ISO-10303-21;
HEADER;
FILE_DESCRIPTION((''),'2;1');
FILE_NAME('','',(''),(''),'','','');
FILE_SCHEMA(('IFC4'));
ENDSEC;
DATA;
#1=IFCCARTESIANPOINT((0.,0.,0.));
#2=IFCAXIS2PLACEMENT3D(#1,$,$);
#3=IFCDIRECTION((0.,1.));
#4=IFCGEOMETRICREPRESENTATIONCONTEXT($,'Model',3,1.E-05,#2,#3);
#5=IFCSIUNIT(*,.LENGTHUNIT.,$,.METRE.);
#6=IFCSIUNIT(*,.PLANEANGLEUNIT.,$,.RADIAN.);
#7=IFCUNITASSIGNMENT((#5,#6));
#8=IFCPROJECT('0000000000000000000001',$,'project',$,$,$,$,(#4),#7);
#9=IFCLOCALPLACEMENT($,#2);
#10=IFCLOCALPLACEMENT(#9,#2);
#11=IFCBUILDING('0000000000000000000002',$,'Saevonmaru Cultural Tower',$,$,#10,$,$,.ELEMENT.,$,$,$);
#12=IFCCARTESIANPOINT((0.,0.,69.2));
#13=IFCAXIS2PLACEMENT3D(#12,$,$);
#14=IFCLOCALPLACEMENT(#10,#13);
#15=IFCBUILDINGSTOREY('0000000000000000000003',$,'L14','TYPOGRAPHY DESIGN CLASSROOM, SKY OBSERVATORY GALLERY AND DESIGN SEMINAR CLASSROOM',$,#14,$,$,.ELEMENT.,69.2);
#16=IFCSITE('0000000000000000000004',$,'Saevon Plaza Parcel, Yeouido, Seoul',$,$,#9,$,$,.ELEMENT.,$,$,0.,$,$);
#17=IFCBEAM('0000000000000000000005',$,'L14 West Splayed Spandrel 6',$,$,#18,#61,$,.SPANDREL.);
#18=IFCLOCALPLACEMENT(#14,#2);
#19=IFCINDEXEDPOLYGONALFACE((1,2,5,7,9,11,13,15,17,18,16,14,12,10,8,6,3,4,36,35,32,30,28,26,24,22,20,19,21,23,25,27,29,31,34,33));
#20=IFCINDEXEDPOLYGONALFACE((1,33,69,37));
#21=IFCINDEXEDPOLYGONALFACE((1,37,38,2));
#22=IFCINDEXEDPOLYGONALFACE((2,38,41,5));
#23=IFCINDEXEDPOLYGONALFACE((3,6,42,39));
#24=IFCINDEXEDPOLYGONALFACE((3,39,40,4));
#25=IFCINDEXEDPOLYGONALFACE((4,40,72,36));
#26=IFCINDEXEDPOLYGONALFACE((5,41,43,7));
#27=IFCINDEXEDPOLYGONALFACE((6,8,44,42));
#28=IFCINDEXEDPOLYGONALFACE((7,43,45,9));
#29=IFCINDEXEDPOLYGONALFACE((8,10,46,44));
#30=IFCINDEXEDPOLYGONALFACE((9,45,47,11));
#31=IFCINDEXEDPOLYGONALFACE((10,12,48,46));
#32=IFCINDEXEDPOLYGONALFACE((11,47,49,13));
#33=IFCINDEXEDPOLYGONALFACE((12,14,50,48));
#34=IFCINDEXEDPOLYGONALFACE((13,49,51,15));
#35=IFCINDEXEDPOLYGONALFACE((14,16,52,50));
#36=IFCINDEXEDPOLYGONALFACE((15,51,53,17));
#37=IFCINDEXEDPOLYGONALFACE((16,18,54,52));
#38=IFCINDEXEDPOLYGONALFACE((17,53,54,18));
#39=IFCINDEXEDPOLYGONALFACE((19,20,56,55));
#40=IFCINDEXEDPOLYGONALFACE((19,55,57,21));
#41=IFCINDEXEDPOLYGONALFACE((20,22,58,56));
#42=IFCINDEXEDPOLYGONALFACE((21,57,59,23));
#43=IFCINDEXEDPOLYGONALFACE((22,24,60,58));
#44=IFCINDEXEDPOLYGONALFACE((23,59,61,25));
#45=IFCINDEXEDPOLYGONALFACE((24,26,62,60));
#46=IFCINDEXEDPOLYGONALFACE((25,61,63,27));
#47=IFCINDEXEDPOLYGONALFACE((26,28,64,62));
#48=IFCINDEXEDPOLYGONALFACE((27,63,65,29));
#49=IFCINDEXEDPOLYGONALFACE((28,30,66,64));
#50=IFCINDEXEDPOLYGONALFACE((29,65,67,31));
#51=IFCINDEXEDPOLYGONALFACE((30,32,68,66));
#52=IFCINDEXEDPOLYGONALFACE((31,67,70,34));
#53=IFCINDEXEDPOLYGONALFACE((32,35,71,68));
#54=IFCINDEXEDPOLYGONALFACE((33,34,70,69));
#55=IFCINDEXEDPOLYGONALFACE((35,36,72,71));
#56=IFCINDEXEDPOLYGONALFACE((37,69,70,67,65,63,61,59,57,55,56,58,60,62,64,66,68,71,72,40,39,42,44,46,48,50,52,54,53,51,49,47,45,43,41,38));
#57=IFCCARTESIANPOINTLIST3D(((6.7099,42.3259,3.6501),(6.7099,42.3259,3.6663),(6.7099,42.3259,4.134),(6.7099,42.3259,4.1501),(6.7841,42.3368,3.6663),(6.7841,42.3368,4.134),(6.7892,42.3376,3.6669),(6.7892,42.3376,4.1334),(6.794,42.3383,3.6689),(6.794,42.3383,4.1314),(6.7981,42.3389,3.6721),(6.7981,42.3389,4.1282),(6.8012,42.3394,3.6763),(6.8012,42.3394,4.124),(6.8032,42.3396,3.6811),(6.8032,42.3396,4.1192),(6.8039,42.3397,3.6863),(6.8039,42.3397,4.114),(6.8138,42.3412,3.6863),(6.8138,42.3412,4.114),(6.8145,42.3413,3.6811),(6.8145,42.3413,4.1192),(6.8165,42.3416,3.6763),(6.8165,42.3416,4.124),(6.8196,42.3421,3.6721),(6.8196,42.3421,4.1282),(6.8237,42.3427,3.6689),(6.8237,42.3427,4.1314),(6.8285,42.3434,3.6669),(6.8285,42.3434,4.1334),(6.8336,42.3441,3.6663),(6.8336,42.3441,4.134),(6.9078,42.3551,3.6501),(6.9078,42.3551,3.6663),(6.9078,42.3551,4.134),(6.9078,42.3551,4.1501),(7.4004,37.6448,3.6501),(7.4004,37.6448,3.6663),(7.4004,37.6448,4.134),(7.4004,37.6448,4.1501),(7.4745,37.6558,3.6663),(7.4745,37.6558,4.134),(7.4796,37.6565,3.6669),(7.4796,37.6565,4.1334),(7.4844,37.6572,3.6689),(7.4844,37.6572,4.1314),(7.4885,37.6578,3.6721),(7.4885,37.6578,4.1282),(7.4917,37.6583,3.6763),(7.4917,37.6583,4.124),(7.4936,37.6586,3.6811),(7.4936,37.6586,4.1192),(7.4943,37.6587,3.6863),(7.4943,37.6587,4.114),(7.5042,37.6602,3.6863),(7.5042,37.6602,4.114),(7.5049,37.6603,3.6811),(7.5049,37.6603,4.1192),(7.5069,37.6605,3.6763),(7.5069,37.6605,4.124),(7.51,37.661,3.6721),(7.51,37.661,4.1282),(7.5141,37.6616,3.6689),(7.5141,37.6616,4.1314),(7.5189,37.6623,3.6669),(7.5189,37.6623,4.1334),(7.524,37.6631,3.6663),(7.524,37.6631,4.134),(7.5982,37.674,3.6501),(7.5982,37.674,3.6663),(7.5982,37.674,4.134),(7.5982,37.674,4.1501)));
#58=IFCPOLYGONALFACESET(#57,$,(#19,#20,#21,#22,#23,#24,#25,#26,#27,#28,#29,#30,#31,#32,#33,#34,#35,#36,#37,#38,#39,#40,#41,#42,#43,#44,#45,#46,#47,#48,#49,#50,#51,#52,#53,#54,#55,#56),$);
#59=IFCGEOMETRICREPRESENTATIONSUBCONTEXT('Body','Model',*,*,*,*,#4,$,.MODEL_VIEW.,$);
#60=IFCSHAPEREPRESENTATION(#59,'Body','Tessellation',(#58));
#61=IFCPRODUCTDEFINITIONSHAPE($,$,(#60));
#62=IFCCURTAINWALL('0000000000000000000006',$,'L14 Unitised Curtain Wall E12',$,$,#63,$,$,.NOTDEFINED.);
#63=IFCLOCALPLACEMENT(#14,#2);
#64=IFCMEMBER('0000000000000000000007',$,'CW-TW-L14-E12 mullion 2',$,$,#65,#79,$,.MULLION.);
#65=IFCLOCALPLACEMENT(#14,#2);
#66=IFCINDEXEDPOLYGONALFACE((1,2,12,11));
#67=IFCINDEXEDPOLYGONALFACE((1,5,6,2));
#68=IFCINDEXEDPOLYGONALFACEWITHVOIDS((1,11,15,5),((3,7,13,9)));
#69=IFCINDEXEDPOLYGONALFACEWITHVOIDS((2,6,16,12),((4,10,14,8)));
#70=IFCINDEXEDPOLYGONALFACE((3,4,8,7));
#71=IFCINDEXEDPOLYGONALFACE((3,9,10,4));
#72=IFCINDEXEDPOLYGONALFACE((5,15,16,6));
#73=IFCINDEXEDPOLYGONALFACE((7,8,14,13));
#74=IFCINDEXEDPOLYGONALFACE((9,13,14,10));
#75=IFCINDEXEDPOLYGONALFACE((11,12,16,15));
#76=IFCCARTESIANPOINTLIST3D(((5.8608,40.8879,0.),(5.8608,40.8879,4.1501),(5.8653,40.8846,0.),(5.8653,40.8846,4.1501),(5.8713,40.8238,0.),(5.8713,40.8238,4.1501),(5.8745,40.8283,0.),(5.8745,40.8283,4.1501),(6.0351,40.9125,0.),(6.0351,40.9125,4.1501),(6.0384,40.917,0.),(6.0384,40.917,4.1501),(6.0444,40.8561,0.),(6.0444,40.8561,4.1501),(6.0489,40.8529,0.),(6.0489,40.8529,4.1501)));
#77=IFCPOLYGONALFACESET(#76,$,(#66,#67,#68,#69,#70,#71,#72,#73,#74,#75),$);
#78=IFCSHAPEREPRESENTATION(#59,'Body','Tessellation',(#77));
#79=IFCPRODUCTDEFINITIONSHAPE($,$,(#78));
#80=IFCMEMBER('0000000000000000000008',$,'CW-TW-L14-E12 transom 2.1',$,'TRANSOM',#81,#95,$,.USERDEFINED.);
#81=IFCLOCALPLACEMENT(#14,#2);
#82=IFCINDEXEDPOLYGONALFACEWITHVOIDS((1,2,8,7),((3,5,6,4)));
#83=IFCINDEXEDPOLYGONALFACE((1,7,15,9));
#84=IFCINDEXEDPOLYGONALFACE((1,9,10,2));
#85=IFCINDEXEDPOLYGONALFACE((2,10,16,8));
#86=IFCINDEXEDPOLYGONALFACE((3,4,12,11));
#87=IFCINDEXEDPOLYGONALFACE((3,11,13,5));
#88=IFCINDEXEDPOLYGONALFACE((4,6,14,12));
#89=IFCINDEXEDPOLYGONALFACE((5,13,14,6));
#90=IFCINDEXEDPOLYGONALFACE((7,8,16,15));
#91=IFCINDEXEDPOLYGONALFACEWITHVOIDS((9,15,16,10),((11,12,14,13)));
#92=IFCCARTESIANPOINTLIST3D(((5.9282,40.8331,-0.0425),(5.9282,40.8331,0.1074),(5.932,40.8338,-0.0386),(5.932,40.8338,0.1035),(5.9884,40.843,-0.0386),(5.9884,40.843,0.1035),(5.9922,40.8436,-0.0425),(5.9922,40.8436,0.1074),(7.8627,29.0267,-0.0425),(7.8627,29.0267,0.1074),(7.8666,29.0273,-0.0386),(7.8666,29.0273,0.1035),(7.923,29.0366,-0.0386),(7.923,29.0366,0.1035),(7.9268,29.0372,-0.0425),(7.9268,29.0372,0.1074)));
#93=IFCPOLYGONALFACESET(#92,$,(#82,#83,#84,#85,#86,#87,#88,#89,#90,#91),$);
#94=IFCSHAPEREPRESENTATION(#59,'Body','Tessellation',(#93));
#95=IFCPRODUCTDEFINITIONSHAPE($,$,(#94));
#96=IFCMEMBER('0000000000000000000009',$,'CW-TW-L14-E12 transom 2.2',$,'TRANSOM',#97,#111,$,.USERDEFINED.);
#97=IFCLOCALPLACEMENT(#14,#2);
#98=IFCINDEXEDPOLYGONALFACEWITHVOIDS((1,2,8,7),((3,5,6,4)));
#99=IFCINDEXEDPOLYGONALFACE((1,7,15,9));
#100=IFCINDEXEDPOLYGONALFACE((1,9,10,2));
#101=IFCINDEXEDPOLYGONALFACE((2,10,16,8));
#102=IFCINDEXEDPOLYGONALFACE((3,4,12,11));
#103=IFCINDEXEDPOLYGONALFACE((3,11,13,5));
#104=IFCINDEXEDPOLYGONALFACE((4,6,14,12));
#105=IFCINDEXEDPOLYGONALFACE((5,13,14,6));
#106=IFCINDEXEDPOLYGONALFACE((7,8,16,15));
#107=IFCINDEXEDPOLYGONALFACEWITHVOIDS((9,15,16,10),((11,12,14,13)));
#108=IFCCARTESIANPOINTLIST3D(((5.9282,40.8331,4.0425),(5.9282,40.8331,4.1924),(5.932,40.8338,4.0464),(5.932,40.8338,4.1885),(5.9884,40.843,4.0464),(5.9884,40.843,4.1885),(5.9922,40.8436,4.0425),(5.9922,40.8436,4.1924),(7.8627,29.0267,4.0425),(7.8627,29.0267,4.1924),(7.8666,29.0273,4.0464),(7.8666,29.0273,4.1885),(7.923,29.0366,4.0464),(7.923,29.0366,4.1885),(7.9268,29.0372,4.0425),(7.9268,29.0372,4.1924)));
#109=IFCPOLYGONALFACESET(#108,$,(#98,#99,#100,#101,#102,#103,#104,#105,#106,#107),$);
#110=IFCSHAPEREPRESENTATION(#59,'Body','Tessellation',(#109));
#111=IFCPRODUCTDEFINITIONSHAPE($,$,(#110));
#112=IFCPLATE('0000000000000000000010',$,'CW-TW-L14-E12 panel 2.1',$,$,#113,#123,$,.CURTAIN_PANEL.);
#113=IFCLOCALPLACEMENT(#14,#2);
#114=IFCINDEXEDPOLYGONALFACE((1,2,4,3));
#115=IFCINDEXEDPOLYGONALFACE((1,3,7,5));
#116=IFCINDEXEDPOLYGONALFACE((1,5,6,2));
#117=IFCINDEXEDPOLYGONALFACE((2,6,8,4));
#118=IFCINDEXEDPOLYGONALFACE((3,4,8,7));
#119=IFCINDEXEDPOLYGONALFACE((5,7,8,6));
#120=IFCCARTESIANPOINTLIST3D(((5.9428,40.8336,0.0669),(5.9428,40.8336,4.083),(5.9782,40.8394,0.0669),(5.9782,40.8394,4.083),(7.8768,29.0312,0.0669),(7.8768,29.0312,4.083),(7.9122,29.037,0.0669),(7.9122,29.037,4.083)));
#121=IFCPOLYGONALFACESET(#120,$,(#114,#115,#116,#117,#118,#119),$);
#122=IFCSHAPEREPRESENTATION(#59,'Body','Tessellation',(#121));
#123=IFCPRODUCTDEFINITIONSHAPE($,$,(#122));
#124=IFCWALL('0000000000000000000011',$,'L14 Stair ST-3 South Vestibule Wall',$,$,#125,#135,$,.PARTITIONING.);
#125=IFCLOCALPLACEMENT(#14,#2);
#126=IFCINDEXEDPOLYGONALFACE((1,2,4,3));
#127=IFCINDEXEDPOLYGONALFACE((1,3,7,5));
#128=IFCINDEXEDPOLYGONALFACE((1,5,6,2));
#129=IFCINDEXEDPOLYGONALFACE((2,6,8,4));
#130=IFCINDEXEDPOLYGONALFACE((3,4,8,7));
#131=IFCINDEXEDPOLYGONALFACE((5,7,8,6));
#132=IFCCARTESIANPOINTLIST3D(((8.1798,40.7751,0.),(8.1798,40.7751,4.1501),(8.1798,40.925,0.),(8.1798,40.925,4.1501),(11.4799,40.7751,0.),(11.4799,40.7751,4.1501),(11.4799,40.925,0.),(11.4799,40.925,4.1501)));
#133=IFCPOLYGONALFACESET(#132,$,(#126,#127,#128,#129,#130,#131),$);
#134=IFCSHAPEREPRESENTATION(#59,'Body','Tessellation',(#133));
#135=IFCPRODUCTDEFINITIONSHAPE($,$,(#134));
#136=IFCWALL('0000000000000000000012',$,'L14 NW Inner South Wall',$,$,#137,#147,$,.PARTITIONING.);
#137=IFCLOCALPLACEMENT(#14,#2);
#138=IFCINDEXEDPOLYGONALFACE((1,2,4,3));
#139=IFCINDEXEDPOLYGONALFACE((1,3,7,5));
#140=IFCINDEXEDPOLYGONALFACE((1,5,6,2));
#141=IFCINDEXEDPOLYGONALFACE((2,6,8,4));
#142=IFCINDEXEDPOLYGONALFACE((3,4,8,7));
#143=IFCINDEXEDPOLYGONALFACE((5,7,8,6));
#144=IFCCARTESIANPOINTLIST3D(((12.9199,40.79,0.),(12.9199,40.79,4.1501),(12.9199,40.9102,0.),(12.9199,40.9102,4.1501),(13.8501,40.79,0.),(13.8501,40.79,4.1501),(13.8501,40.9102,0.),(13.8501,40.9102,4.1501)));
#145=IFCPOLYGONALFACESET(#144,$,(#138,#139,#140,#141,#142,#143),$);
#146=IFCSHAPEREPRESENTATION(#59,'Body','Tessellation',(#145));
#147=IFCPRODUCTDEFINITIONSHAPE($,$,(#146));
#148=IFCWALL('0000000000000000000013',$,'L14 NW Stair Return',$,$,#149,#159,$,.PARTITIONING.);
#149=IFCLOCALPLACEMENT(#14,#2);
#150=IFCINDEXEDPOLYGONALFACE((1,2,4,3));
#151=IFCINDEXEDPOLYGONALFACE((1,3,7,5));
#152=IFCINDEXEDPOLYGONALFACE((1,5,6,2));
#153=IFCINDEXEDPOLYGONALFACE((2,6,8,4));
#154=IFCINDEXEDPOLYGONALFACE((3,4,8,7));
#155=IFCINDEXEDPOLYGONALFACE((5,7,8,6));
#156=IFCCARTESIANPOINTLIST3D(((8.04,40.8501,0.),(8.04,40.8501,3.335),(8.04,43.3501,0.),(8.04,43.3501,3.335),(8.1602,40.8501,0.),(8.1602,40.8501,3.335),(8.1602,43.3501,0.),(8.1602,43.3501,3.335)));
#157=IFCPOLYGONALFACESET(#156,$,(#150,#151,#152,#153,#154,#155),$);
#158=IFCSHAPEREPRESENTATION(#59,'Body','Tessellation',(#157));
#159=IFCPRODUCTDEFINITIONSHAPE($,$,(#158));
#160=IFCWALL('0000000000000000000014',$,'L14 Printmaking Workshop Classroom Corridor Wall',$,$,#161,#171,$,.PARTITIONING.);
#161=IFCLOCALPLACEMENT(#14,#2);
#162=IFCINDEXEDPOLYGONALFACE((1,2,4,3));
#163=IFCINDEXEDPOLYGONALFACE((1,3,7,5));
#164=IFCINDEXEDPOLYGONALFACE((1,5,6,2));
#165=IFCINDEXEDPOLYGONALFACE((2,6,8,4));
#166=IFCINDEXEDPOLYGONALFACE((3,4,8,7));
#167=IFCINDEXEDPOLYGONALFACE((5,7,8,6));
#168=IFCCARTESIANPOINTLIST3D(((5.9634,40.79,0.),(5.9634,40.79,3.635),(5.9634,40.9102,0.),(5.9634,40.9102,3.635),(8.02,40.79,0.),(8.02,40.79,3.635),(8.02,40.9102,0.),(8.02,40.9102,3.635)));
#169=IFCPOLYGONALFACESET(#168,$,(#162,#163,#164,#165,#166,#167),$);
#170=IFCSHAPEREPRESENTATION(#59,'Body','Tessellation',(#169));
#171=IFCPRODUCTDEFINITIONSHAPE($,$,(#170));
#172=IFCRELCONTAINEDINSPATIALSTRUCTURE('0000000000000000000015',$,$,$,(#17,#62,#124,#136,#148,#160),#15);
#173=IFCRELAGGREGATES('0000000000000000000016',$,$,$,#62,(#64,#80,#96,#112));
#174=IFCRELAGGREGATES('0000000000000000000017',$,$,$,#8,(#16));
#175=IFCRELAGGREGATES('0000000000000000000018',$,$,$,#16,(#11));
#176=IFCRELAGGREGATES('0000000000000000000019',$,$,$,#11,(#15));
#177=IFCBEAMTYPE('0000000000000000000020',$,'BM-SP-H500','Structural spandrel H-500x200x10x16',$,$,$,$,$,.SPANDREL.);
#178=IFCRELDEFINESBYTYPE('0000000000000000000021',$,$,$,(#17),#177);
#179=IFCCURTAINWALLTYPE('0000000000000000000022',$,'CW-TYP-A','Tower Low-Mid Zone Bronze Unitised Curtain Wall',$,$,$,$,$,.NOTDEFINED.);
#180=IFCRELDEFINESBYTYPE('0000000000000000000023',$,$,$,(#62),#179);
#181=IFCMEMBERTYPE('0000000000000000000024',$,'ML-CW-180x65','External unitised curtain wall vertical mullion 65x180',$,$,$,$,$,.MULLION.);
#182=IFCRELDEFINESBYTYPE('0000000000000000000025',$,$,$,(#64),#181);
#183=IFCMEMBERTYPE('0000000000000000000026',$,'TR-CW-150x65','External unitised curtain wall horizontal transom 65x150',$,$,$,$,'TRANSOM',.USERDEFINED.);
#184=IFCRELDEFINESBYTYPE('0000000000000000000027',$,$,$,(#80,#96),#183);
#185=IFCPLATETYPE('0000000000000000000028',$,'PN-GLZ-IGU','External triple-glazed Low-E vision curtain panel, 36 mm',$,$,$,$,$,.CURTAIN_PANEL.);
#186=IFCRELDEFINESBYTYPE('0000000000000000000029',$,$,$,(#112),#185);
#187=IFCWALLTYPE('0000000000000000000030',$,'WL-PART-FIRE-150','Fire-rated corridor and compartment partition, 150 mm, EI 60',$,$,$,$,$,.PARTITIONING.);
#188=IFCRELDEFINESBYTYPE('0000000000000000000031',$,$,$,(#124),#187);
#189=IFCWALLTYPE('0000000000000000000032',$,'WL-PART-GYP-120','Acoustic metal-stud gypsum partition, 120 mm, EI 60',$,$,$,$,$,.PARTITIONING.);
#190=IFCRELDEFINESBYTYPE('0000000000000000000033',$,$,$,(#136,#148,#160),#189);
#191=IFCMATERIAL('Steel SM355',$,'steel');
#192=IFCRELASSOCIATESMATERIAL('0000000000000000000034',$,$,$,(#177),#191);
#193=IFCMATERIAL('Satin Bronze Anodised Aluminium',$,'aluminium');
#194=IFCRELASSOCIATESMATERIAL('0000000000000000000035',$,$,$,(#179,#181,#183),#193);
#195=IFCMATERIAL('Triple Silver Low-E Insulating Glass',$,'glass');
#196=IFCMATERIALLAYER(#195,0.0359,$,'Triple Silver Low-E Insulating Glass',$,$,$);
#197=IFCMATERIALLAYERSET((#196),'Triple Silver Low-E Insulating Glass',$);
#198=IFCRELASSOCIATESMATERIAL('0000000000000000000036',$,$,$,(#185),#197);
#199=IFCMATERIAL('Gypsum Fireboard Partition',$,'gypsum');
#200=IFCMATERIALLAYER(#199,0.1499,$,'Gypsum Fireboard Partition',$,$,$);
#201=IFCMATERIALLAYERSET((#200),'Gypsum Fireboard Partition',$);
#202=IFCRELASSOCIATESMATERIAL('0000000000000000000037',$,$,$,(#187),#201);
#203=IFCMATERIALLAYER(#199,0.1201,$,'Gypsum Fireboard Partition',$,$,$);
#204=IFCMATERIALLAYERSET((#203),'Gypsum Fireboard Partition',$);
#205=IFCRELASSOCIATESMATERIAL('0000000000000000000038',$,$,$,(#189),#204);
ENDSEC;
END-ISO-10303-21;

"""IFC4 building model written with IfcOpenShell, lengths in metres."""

from ifc_helpers import new_model, si_unit, direction, frame, frame_2d, origin, origin_2d, place, context, subcontext, project, spatial, rectangle, hollow_rectangle, i_section, extrude, material, layer, layer_set, material_profile, profile_set, type_object, element, aggregate, save


model = new_model("IFC4")

# Units and contexts
model_context = context("Model", 3, precision=1e-05, world=origin(), true_north=direction((0.0, 1.0)))
body_context = subcontext(model_context, "Body", "Model", "MODEL_VIEW")
ifc_project = project(units=[si_unit("LENGTHUNIT", "METRE"), si_unit("PLANEANGLEUNIT", "RADIAN")], contexts=[model_context])

# Site, building, storey
site_placement = place(None, origin())
site = spatial("IfcSite", under=ifc_project, at=site_placement, Name="Saevon Plaza Parcel, Yeouido, Seoul", CompositionType="ELEMENT", RefElevation=0.0)
building_placement = place(site_placement, origin())
building = spatial("IfcBuilding", under=site, at=building_placement, Name="Saevonmaru Cultural Tower", CompositionType="ELEMENT")
storey_placement = place(building_placement, frame((0.0, 0.0, 69.2)))
storey = spatial("IfcBuildingStorey", under=building, at=storey_placement, Name="L14", Description="TYPOGRAPHY DESIGN CLASSROOM, SKY OBSERVATORY GALLERY AND DESIGN SEMINAR CLASSROOM", CompositionType="ELEMENT", Elevation=69.2)

# Beam
ifc_material_1 = material(Name="Steel SM355", Category="steel")
ifc_material_profile_1 = material_profile(ifc_material_1, i_section(OverallWidth=0.2, OverallDepth=0.5, WebThickness=0.01, FlangeThickness=0.0161, FilletRadius=0.02, at=origin_2d()), Name="H-500x200x10x16")
ifc_profile_set_1 = profile_set([ifc_material_profile_1], Name="Steel SM355")
beam_type_1 = type_object("IfcBeamType", Name="BM-SP-H500", Description="Structural spandrel H-500x200x10x16", PredefinedType="SPANDREL", material=ifc_profile_set_1)
beam_1_placement = place(storey_placement, frame((7.4993, 37.6594, 3.9001), z_axis=(-0.145913, 0.989297, 0.0), x_axis=(-0.989297, -0.145913, 0.0)))
element("IfcBeam", 1, at=beam_1_placement, inside=storey, type_object=beam_type_1, Name="L14 West Splayed Spandrel 6", PredefinedType="SPANDREL", context=body_context, shape_type="SweptSolid", body=[
    extrude(i_section(OverallWidth=0.2, OverallDepth=0.5, WebThickness=0.01, FlangeThickness=0.0161, FilletRadius=0.02, at=origin_2d()), origin(), (0.0, 0.0, 1.0), 4.7317),
])

# Curtain wall, members, plate
ifc_material_2 = material(Name="Satin Bronze Anodised Aluminium", Category="aluminium")
curtain_wall_type = type_object("IfcCurtainWallType", Name="CW-TYP-A", Description="Tower Low-Mid Zone Bronze Unitised Curtain Wall", PredefinedType="NOTDEFINED", material=ifc_material_2)
curtain_wall_placement = place(storey_placement, origin())
curtain_wall = element("IfcCurtainWall", 2, at=curtain_wall_placement, inside=storey, type_object=curtain_wall_type, Name="L14 Unitised Curtain Wall E12", PredefinedType="NOTDEFINED")
ifc_material_profile_2 = material_profile(ifc_material_2, hollow_rectangle(XDim=0.0649, YDim=0.1799, WallThickness=0.0039, at=origin_2d()), Name="ALU-MULL-180x65x4")
ifc_profile_set_2 = profile_set([ifc_material_profile_2], Name="Satin Bronze Anodised Aluminium")
member_type_1 = type_object("IfcMemberType", Name="ML-CW-180x65", Description="External unitised curtain wall vertical mullion 65x180", PredefinedType="MULLION", material=ifc_profile_set_2)
member_1_placement = place(storey_placement, frame((5.9548, 40.8704, 0.0), z_axis=(0.0, 0.0, 1.0), x_axis=(0.161709, -0.986839, 0.0)))
member_1 = element("IfcMember", 3, at=member_1_placement, type_object=member_type_1, Name="CW-TW-L14-E12 mullion 2", PredefinedType="MULLION", context=body_context, shape_type="SweptSolid", body=[
    extrude(hollow_rectangle(XDim=0.0649, YDim=0.1799, WallThickness=0.0039, at=origin_2d()), origin(), (0.0, 0.0, 1.0), 4.1501),
])
ifc_material_profile_3 = material_profile(ifc_material_2, hollow_rectangle(XDim=0.0649, YDim=0.1499, WallThickness=0.0039, at=origin_2d()), Name="ALU-TRAN-150x65x4")
ifc_profile_set_3 = profile_set([ifc_material_profile_3], Name="Satin Bronze Anodised Aluminium")
member_type_2 = type_object("IfcMemberType", Name="TR-CW-150x65", Description="External unitised curtain wall horizontal transom 65x150", ElementType="TRANSOM", PredefinedType="USERDEFINED", material=ifc_profile_set_3)
member_2_placement = place(storey_placement, frame((5.9602, 40.8384, 0.0325), z_axis=(0.161701, -0.98684, 0.0), x_axis=(0.98684, 0.161701, 0.0)))
member_2 = element("IfcMember", 4, at=member_2_placement, type_object=member_type_2, Name="CW-TW-L14-E12 transom 2.1", ObjectType="TRANSOM", PredefinedType="USERDEFINED", context=body_context, shape_type="SweptSolid", body=[
    extrude(hollow_rectangle(XDim=0.0649, YDim=0.1499, WallThickness=0.0039, at=origin_2d()), origin(), (0.0, 0.0, 1.0), 11.9639),
])
member_3_placement = place(storey_placement, frame((5.9602, 40.8384, 4.1174), z_axis=(0.161701, -0.98684, 0.0), x_axis=(0.98684, 0.161701, 0.0)))
member_3 = element("IfcMember", 5, at=member_3_placement, type_object=member_type_2, Name="CW-TW-L14-E12 transom 2.2", ObjectType="TRANSOM", PredefinedType="USERDEFINED", context=body_context, shape_type="SweptSolid", body=[
    extrude(hollow_rectangle(XDim=0.0649, YDim=0.1499, WallThickness=0.0039, at=origin_2d()), origin(), (0.0, 0.0, 1.0), 11.9639),
])
ifc_material_3 = material(Name="Triple Silver Low-E Insulating Glass", Category="glass")
ifc_layer_1 = layer(ifc_material_3, 0.0359, Name="Triple Silver Low-E Insulating Glass")
ifc_layer_set_1 = layer_set([ifc_layer_1], Name="Triple Silver Low-E Insulating Glass")
plate_type = type_object("IfcPlateType", Name="PN-GLZ-IGU", Description="External triple-glazed Low-E vision curtain panel, 36 mm", PredefinedType="CURTAIN_PANEL", material=ifc_layer_set_1)
plate_placement = place(storey_placement, frame((6.9275, 34.9353, 0.0669), z_axis=(0.0, 0.0, 1.0), x_axis=(0.161709, -0.986839, 0.0)))
plate = element("IfcPlate", 6, at=plate_placement, type_object=plate_type, Name="CW-TW-L14-E12 panel 2.1", PredefinedType="CURTAIN_PANEL", context=body_context, shape_type="SweptSolid", body=[
    extrude(rectangle(XDim=11.9597, YDim=0.0359, at=origin_2d()), origin(), (0.0, 0.0, 1.0), 4.0161),
])
aggregate(curtain_wall, [member_1, member_2, member_3, plate])

# Walls
ifc_material_4 = material(Name="Gypsum Fireboard Partition", Category="gypsum")
ifc_layer_2 = layer(ifc_material_4, 0.1499, Name="Gypsum Fireboard Partition")
ifc_layer_set_2 = layer_set([ifc_layer_2], Name="Gypsum Fireboard Partition")
wall_type_1 = type_object("IfcWallType", Name="WL-PART-FIRE-150", Description="Fire-rated corridor and compartment partition, 150 mm, EI 60", PredefinedType="PARTITIONING", material=ifc_layer_set_2)
wall_1_placement = place(storey_placement, frame((8.1799, 40.8501, 0.0), z_axis=(0.0, 0.0, 1.0), x_axis=(1.0, 0.0, 0.0)))
element("IfcWall", 7, at=wall_1_placement, inside=storey, type_object=wall_type_1, Name="L14 Stair ST-3 South Vestibule Wall", PredefinedType="PARTITIONING", context=body_context, shape_type="SweptSolid", body=[
    extrude(rectangle(XDim=3.3, YDim=0.1499, at=frame_2d((1.6499, 0.0))), origin(), (0.0, 0.0, 1.0), 4.1501),
])
ifc_layer_3 = layer(ifc_material_4, 0.1201, Name="Gypsum Fireboard Partition")
ifc_layer_set_3 = layer_set([ifc_layer_3], Name="Gypsum Fireboard Partition")
wall_type_2 = type_object("IfcWallType", Name="WL-PART-GYP-120", Description="Acoustic metal-stud gypsum partition, 120 mm, EI 60", PredefinedType="PARTITIONING", material=ifc_layer_set_3)
wall_2_placement = place(storey_placement, frame((12.9199, 40.8501, 0.0), z_axis=(0.0, 0.0, 1.0), x_axis=(1.0, 0.0, 0.0)))
element("IfcWall", 8, at=wall_2_placement, inside=storey, type_object=wall_type_2, Name="L14 NW Inner South Wall", PredefinedType="PARTITIONING", context=body_context, shape_type="SweptSolid", body=[
    extrude(rectangle(XDim=0.9302, YDim=0.1201, at=frame_2d((0.4651, 0.0))), origin(), (0.0, 0.0, 1.0), 4.1501),
])
wall_3_placement = place(storey_placement, frame((8.1001, 40.8501, 0.0), z_axis=(0.0, 0.0, 1.0), x_axis=(0.0, 1.0, 0.0)))
element("IfcWall", 9, at=wall_3_placement, inside=storey, type_object=wall_type_2, Name="L14 NW Stair Return", PredefinedType="PARTITIONING", context=body_context, shape_type="SweptSolid", body=[
    extrude(rectangle(XDim=2.5, YDim=0.1201, at=frame_2d((1.25, 0.0))), origin(), (0.0, 0.0, 1.0), 3.335),
])
wall_4_placement = place(storey_placement, frame((5.9634, 40.8501, 0.0), z_axis=(0.0, 0.0, 1.0), x_axis=(1.0, 0.0, 0.0)))
element("IfcWall", 10, at=wall_4_placement, inside=storey, type_object=wall_type_2, Name="L14 Printmaking Workshop Classroom Corridor Wall", PredefinedType="PARTITIONING", context=body_context, shape_type="SweptSolid", body=[
    extrude(rectangle(XDim=2.0566, YDim=0.1201, at=frame_2d((1.0283, 0.0))), origin(), (0.0, 0.0, 1.0), 3.635),
])

save(model, "model.ifc")
